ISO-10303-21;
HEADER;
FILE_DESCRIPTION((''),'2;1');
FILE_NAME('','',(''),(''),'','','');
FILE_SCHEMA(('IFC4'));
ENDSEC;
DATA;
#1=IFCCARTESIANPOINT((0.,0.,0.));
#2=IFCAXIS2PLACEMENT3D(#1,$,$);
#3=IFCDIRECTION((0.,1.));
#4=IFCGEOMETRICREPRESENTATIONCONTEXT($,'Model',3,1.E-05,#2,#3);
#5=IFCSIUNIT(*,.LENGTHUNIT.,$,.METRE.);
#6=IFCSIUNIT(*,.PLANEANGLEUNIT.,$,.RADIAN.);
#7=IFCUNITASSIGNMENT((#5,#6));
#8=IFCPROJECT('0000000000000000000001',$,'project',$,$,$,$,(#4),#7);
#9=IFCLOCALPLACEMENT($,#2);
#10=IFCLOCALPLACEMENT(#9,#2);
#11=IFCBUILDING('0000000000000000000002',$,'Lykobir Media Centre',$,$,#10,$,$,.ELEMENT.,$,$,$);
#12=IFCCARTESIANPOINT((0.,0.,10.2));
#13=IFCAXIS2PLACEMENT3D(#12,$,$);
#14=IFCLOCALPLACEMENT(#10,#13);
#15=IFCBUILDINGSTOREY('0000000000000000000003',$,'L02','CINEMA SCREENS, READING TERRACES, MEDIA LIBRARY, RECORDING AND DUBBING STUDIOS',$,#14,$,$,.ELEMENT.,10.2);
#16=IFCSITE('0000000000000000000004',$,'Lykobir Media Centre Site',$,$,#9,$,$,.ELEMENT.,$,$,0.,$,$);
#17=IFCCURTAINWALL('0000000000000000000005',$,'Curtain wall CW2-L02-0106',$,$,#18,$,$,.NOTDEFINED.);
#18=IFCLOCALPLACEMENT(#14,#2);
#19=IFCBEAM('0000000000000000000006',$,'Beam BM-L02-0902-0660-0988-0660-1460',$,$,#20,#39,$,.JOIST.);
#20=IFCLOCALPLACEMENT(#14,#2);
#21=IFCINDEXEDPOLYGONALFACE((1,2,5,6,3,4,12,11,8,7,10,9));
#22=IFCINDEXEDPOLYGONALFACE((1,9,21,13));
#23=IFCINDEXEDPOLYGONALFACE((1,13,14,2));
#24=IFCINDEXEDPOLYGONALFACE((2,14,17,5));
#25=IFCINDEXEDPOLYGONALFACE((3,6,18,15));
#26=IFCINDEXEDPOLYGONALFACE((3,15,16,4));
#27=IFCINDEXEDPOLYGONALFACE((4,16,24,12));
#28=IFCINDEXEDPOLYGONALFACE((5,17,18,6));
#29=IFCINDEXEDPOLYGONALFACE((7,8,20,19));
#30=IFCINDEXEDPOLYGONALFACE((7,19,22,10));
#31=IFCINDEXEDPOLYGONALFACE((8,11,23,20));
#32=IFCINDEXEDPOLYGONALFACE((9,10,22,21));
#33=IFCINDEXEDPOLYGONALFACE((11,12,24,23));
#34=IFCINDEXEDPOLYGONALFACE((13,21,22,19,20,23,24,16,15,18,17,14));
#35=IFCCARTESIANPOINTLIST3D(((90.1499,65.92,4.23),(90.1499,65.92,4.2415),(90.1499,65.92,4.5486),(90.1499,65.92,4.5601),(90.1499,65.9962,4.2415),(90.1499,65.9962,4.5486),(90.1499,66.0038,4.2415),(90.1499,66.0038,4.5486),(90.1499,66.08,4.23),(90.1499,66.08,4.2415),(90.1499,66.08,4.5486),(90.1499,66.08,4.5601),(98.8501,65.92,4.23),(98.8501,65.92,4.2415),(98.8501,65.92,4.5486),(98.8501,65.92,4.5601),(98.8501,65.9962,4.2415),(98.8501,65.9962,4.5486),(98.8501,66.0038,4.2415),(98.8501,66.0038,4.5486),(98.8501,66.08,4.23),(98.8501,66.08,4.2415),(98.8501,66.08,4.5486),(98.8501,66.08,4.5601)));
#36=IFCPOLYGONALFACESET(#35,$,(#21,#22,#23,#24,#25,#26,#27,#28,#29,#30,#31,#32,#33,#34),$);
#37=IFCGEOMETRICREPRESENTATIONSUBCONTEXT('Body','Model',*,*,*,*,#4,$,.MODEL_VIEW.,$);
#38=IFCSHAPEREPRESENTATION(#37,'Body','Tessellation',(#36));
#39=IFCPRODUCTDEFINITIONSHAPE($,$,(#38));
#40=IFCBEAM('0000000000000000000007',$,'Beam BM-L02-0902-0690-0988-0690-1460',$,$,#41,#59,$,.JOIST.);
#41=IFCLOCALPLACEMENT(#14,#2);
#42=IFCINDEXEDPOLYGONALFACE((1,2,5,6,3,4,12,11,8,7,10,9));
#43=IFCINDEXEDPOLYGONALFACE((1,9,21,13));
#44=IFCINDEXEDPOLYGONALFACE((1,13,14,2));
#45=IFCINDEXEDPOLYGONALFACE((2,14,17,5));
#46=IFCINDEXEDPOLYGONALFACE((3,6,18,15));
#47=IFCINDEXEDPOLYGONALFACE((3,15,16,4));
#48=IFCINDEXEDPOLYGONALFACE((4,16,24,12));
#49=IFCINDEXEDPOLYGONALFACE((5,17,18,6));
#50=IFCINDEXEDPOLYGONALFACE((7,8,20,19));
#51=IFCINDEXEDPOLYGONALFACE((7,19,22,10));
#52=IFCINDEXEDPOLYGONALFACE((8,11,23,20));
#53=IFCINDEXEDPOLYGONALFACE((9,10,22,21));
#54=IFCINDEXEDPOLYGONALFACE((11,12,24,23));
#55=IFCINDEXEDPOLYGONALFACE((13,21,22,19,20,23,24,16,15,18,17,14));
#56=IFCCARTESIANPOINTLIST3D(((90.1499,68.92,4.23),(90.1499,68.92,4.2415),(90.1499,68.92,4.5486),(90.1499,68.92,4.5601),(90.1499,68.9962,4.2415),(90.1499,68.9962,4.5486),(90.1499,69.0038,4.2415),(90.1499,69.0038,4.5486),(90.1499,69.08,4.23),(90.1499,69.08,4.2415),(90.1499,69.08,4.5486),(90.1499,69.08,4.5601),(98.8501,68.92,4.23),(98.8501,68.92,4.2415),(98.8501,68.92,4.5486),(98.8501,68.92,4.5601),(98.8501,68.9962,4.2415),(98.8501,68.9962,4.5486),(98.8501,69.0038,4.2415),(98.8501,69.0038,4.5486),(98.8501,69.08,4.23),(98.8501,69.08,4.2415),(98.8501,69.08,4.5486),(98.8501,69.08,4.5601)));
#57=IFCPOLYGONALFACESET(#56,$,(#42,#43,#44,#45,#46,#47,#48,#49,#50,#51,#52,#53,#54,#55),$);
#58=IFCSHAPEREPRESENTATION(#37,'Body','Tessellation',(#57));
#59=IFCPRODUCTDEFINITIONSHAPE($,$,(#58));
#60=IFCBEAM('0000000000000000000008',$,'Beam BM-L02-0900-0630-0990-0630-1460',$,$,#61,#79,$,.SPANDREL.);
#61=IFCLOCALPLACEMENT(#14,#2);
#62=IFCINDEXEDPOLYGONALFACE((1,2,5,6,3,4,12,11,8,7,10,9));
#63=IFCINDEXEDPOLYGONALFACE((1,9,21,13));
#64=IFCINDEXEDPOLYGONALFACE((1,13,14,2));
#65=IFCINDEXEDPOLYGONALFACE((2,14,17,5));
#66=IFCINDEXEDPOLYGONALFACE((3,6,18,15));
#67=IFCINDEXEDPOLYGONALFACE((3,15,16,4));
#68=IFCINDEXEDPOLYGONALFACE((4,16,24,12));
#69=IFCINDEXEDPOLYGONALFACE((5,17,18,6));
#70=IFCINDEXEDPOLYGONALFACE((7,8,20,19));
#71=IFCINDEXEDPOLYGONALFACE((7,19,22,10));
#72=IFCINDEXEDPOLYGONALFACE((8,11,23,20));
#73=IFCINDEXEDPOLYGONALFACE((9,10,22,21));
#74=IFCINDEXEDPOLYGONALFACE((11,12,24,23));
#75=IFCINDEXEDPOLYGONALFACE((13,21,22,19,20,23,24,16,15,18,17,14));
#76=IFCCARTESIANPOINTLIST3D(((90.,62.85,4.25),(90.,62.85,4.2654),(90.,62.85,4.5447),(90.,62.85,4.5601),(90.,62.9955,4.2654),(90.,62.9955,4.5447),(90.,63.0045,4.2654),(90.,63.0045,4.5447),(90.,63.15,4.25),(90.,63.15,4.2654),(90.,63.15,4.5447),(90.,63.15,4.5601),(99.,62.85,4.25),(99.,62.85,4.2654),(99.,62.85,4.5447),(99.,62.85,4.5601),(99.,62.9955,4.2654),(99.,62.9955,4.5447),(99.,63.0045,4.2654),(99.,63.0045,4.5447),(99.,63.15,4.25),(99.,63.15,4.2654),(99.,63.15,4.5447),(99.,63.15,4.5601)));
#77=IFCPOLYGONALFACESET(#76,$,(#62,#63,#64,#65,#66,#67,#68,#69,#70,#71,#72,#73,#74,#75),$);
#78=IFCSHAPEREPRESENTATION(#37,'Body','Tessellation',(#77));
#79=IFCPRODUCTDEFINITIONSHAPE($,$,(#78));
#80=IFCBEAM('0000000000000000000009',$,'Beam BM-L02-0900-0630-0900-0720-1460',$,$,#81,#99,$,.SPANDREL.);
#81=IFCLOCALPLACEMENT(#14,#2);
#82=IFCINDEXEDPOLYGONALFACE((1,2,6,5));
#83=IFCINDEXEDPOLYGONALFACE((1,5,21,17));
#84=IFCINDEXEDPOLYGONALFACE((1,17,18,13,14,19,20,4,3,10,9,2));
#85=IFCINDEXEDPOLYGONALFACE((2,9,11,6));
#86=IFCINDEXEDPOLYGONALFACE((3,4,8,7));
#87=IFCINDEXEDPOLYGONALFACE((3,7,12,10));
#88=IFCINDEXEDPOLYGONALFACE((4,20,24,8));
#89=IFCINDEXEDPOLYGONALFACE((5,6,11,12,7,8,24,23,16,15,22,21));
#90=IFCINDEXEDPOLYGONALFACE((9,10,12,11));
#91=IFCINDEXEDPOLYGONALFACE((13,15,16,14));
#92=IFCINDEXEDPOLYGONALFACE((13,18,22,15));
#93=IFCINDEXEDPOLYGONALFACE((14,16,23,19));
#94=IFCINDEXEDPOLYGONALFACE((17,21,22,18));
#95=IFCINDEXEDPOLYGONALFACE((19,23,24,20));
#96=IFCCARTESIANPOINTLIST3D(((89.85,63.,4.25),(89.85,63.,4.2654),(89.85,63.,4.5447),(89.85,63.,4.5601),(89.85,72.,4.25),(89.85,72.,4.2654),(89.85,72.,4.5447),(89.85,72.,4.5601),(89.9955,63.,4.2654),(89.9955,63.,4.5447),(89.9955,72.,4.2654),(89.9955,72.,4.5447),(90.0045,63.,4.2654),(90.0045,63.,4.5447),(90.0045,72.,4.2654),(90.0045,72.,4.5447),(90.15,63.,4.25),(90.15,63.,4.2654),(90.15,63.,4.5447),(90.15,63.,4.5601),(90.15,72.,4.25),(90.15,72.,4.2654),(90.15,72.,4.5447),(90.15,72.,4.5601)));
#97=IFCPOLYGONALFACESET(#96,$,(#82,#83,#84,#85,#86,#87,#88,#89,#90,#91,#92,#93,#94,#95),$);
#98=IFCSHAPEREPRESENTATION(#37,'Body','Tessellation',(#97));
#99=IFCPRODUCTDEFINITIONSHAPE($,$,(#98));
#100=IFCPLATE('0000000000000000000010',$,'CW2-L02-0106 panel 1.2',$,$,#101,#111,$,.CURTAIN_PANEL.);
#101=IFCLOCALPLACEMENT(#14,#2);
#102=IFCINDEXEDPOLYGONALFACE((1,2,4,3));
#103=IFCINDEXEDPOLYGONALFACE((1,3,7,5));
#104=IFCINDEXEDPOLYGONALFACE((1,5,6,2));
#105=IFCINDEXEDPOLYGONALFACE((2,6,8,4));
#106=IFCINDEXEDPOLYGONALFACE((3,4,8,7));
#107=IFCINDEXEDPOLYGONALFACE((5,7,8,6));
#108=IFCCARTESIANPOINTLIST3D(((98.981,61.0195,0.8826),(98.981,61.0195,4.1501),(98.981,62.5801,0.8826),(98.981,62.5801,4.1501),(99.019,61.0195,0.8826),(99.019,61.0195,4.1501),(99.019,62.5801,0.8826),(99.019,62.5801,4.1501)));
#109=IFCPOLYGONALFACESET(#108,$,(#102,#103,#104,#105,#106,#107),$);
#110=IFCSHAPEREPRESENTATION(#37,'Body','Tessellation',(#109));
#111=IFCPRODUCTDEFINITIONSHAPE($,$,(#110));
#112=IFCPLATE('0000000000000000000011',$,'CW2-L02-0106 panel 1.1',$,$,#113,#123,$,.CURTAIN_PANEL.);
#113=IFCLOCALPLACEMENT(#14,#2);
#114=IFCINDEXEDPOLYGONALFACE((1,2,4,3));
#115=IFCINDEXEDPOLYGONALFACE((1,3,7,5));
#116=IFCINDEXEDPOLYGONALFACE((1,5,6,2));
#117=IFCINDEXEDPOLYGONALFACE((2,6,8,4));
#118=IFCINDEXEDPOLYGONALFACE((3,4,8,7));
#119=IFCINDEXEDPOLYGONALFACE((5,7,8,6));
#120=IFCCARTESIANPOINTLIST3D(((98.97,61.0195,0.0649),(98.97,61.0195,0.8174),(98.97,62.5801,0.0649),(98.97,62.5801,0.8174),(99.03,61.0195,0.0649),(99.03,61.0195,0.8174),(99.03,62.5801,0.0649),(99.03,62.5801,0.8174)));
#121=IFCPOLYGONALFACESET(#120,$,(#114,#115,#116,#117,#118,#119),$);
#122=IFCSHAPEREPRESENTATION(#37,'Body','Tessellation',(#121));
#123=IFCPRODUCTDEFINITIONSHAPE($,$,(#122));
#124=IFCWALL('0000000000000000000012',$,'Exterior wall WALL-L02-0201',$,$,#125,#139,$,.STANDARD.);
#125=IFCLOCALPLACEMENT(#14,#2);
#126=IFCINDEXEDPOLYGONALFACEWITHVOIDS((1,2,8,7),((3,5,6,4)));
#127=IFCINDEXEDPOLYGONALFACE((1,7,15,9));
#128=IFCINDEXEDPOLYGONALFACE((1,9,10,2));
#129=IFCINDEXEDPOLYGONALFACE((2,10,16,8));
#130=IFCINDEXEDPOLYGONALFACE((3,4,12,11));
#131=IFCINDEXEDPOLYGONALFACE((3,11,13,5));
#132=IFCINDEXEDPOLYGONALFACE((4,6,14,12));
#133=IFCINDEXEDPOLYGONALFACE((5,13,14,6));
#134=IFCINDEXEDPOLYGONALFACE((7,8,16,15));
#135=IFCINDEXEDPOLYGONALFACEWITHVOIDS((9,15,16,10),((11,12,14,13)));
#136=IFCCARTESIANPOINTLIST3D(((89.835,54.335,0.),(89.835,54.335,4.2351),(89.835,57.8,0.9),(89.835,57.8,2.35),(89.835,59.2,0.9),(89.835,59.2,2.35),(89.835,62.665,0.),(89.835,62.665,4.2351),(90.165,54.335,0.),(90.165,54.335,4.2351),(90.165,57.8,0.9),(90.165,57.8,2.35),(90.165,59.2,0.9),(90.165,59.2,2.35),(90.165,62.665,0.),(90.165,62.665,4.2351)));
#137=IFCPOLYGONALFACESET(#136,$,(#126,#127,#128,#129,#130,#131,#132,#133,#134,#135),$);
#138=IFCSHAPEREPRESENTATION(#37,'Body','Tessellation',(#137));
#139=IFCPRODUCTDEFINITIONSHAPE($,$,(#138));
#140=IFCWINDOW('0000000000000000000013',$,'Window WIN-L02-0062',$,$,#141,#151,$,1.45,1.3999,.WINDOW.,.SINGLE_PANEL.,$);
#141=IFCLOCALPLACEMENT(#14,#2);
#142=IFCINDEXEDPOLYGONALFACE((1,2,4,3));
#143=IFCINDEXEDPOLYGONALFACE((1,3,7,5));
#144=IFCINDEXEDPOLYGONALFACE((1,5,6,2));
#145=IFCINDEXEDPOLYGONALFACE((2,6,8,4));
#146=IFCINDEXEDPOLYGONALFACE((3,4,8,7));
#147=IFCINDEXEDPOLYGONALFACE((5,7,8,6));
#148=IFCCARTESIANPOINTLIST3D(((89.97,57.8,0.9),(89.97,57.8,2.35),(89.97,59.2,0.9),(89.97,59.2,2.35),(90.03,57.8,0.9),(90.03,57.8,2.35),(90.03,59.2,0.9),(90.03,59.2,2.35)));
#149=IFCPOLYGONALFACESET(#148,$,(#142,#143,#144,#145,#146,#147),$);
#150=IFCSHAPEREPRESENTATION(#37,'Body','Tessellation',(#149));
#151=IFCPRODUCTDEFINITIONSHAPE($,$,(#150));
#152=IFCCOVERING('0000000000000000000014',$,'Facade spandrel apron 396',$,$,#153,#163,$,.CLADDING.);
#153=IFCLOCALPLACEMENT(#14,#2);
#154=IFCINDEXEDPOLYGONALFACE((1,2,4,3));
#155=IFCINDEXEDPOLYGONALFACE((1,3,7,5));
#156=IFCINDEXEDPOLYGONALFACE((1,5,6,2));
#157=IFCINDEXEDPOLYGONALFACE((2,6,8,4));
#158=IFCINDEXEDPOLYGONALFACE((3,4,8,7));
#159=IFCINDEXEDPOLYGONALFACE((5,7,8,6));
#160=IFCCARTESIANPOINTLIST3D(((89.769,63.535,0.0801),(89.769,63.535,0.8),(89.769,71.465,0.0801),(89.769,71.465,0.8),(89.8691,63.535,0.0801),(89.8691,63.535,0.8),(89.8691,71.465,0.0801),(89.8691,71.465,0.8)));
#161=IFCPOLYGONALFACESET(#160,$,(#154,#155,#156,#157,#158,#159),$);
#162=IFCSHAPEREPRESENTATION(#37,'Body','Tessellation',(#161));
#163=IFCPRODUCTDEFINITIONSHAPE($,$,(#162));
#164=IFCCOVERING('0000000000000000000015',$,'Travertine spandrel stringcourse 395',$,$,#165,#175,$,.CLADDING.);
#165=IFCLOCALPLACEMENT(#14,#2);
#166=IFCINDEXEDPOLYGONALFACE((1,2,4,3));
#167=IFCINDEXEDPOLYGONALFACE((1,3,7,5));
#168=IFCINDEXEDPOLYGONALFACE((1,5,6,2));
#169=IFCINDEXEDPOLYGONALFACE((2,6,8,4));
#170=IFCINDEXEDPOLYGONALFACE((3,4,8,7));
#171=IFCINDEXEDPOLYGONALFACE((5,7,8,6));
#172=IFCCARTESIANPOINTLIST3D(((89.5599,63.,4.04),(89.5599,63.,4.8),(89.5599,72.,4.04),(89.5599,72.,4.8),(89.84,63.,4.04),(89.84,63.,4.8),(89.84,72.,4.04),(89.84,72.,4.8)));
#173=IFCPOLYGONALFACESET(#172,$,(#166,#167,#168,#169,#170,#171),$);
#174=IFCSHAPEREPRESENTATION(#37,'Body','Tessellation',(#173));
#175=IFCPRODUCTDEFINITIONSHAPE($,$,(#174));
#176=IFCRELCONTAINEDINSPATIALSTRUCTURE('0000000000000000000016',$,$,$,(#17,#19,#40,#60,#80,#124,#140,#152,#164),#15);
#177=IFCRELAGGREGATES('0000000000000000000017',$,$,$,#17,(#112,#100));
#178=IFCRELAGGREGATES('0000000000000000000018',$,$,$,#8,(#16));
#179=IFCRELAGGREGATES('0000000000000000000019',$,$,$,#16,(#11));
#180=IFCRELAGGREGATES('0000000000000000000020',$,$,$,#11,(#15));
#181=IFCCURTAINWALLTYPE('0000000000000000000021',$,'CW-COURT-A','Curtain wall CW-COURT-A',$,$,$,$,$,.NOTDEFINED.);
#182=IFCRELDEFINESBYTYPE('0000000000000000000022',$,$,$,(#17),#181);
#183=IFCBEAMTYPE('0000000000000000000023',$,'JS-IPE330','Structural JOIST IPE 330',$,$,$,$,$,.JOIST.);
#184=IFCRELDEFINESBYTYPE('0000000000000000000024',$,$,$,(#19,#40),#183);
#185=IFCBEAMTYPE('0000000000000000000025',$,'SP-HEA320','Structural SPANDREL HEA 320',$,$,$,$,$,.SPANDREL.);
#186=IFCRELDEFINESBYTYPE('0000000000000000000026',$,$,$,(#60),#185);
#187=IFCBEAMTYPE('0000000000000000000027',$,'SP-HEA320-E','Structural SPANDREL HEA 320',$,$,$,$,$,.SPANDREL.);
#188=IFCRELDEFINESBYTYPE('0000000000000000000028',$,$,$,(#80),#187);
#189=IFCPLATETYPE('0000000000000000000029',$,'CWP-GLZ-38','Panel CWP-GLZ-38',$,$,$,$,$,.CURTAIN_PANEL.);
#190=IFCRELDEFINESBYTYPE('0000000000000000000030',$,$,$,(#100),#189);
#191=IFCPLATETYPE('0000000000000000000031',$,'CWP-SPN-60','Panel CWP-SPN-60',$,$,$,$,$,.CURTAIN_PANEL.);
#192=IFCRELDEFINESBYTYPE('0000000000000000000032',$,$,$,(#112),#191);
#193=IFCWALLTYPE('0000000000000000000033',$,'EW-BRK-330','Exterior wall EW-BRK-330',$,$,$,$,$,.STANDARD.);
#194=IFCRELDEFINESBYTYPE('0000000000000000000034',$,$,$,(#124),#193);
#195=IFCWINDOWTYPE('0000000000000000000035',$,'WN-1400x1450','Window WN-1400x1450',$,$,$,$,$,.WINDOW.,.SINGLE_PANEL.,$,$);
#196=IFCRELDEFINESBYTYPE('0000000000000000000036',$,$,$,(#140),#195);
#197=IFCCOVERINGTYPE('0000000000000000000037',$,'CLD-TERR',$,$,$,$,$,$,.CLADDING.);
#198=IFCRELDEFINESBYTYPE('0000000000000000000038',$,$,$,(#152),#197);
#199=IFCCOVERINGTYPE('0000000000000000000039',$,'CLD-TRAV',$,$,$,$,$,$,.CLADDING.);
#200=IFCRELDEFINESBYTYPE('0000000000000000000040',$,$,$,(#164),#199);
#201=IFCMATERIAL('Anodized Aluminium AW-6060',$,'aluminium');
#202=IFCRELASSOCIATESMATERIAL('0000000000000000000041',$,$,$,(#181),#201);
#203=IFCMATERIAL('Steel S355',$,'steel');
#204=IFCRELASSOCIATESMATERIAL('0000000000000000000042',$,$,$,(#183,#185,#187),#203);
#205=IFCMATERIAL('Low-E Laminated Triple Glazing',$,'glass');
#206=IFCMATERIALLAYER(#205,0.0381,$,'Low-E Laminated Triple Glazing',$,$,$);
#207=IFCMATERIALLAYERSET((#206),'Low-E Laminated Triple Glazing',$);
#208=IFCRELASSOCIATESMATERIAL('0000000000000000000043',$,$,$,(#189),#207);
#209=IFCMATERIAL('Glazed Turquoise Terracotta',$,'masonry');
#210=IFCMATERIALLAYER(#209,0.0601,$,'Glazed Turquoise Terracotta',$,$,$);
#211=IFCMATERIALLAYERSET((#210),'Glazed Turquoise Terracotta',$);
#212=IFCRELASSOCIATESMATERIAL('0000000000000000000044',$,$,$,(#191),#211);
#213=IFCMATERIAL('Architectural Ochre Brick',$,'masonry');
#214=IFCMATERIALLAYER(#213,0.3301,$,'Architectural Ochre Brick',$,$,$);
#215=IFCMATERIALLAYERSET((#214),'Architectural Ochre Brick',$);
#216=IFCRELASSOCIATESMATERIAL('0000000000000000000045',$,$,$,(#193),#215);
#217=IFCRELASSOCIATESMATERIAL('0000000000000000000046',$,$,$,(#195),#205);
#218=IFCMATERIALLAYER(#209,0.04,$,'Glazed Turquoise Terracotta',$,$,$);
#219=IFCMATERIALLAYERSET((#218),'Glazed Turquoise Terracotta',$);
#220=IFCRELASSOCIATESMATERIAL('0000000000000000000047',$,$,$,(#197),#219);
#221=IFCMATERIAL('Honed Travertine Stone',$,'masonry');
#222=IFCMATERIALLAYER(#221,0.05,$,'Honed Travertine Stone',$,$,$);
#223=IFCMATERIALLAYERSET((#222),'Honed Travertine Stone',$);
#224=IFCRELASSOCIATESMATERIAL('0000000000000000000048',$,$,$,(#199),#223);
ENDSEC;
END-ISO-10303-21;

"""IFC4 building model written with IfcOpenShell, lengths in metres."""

from ifc_helpers import new_model, si_unit, direction, frame, frame_2d, origin, origin_2d, place, context, subcontext, project, spatial, rectangle, i_section, extrude, material, layer, layer_set, material_profile, profile_set, type_object, element, fill, aggregate, save


model = new_model("IFC4")

# Units and contexts
model_context = context("Model", 3, precision=1e-05, world=origin(), true_north=direction((0.0, 1.0)))
body_context = subcontext(model_context, "Body", "Model", "MODEL_VIEW")
ifc_project = project(units=[si_unit("LENGTHUNIT", "METRE"), si_unit("PLANEANGLEUNIT", "RADIAN")], contexts=[model_context])

# Site, building, storey
site_placement = place(None, origin())
site = spatial("IfcSite", under=ifc_project, at=site_placement, Name="Lykobir Media Centre Site", CompositionType="ELEMENT", RefElevation=0.0)
building_placement = place(site_placement, origin())
building = spatial("IfcBuilding", under=site, at=building_placement, Name="Lykobir Media Centre", CompositionType="ELEMENT")
storey_placement = place(building_placement, frame((0.0, 0.0, 10.2)))
storey = spatial("IfcBuildingStorey", under=building, at=storey_placement, Name="L02", Description="CINEMA SCREENS, READING TERRACES, MEDIA LIBRARY, RECORDING AND DUBBING STUDIOS", CompositionType="ELEMENT", Elevation=10.2)

# Curtain wall
ifc_material_1 = material(Name="Anodized Aluminium AW-6060", Category="aluminium")
curtain_wall_type = type_object("IfcCurtainWallType", Name="CW-COURT-A", Description="Curtain wall CW-COURT-A", PredefinedType="NOTDEFINED", material=ifc_material_1)
curtain_wall_placement = place(storey_placement, origin())
curtain_wall = element("IfcCurtainWall", 1, at=curtain_wall_placement, inside=storey, type_object=curtain_wall_type, Name="Curtain wall CW2-L02-0106", PredefinedType="NOTDEFINED")

# Beams
ifc_material_2 = material(Name="Steel S355", Category="steel")
ifc_material_profile_1 = material_profile(ifc_material_2, i_section(OverallWidth=0.1599, OverallDepth=0.3301, WebThickness=0.0076, FlangeThickness=0.0115, at=origin_2d()), Name="IPE 330")
ifc_profile_set_1 = profile_set([ifc_material_profile_1], Name="Steel S355")
beam_type_1 = type_object("IfcBeamType", Name="JS-IPE330", Description="Structural JOIST IPE 330", PredefinedType="JOIST", material=ifc_profile_set_1)
for number, where, z_axis, x_axis, name in (
    (2, (90.1499, 66.0, 4.395), (1.0, 0.0, 0.0), (0.0, 1.0, 0.0), "Beam BM-L02-0902-0660-0988-0660-1460"),
    (3, (90.1499, 69.0, 4.395), (1.0, 0.0, 0.0), (0.0, 1.0, 0.0), "Beam BM-L02-0902-0690-0988-0690-1460"),
):
    element("IfcBeam", number, at=place(storey_placement, frame(where, z_axis=z_axis, x_axis=x_axis)), inside=storey, type_object=beam_type_1, Name=name, PredefinedType="JOIST", context=body_context, shape_type="SweptSolid", body=[
        extrude(i_section(OverallWidth=0.1599, OverallDepth=0.3301, WebThickness=0.0076, FlangeThickness=0.0115, at=origin_2d()), origin(), (0.0, 0.0, 1.0), 8.7002),
    ])
ifc_material_profile_2 = material_profile(ifc_material_2, i_section(OverallWidth=0.3, OverallDepth=0.3101, WebThickness=0.009, FlangeThickness=0.0154, at=origin_2d()), Name="HEA 320")
ifc_profile_set_2 = profile_set([ifc_material_profile_2], Name="Steel S355")
beam_type_2 = type_object("IfcBeamType", Name="SP-HEA320", Description="Structural SPANDREL HEA 320", PredefinedType="SPANDREL", material=ifc_profile_set_2)
beam_1_placement = place(storey_placement, frame((90.0, 63.0, 4.405), z_axis=(1.0, 0.0, 0.0), x_axis=(0.0, 1.0, 0.0)))
element("IfcBeam", 4, at=beam_1_placement, inside=storey, type_object=beam_type_2, Name="Beam BM-L02-0900-0630-0990-0630-1460", PredefinedType="SPANDREL", context=body_context, shape_type="SweptSolid", body=[
    extrude(i_section(OverallWidth=0.3, OverallDepth=0.3101, WebThickness=0.009, FlangeThickness=0.0154, at=origin_2d()), origin(), (0.0, 0.0, 1.0), 9.0),
])
ifc_material_profile_3 = material_profile(ifc_material_2, i_section(OverallWidth=0.3, OverallDepth=0.3101, WebThickness=0.009, FlangeThickness=0.0154, at=origin_2d()), Name="HEA 320")
ifc_profile_set_3 = profile_set([ifc_material_profile_3], Name="Steel S355")
beam_type_3 = type_object("IfcBeamType", Name="SP-HEA320-E", Description="Structural SPANDREL HEA 320", PredefinedType="SPANDREL", material=ifc_profile_set_3)
beam_2_placement = place(storey_placement, frame((90.0, 63.0, 4.405), z_axis=(0.0, 1.0, 0.0), x_axis=(-1.0, 0.0, 0.0)))
element("IfcBeam", 5, at=beam_2_placement, inside=storey, type_object=beam_type_3, Name="Beam BM-L02-0900-0630-0900-0720-1460", PredefinedType="SPANDREL", context=body_context, shape_type="SweptSolid", body=[
    extrude(i_section(OverallWidth=0.3, OverallDepth=0.3101, WebThickness=0.009, FlangeThickness=0.0154, at=origin_2d()), origin(), (0.0, 0.0, 1.0), 9.0),
])

# Plates
ifc_material_3 = material(Name="Low-E Laminated Triple Glazing", Category="glass")
ifc_layer_1 = layer(ifc_material_3, 0.0381, Name="Low-E Laminated Triple Glazing")
ifc_layer_set_1 = layer_set([ifc_layer_1], Name="Low-E Laminated Triple Glazing")
plate_type_1 = type_object("IfcPlateType", Name="CWP-GLZ-38", Description="Panel CWP-GLZ-38", PredefinedType="CURTAIN_PANEL", material=ifc_layer_set_1)
plate_1_placement = place(storey_placement, frame((99.0, 61.7998, 0.8826), z_axis=(0.0, 0.0, 1.0), x_axis=(0.0, -1.0, 0.0)))
plate_1 = element("IfcPlate", 6, at=plate_1_placement, type_object=plate_type_1, Name="CW2-L02-0106 panel 1.2", PredefinedType="CURTAIN_PANEL", context=body_context, shape_type="SweptSolid", body=[
    extrude(rectangle(XDim=1.5605, YDim=0.0381, at=origin_2d()), origin(), (0.0, 0.0, 1.0), 3.2676),
])
ifc_material_4 = material(Name="Glazed Turquoise Terracotta", Category="masonry")
ifc_layer_2 = layer(ifc_material_4, 0.0601, Name="Glazed Turquoise Terracotta")
ifc_layer_set_2 = layer_set([ifc_layer_2], Name="Glazed Turquoise Terracotta")
plate_type_2 = type_object("IfcPlateType", Name="CWP-SPN-60", Description="Panel CWP-SPN-60", PredefinedType="CURTAIN_PANEL", material=ifc_layer_set_2)
plate_2_placement = place(storey_placement, frame((99.0, 61.7998, 0.0649), z_axis=(0.0, 0.0, 1.0), x_axis=(0.0, -1.0, 0.0)))
plate_2 = element("IfcPlate", 7, at=plate_2_placement, type_object=plate_type_2, Name="CW2-L02-0106 panel 1.1", PredefinedType="CURTAIN_PANEL", context=body_context, shape_type="SweptSolid", body=[
    extrude(rectangle(XDim=1.5605, YDim=0.0601, at=origin_2d()), origin(), (0.0, 0.0, 1.0), 0.7524),
])
aggregate(curtain_wall, [plate_2, plate_1])

# Wall, opening, window
ifc_material_5 = material(Name="Architectural Ochre Brick", Category="masonry")
ifc_layer_3 = layer(ifc_material_5, 0.3301, Name="Architectural Ochre Brick")
ifc_layer_set_3 = layer_set([ifc_layer_3], Name="Architectural Ochre Brick")
wall_type = type_object("IfcWallType", Name="EW-BRK-330", Description="Exterior wall EW-BRK-330", PredefinedType="STANDARD", material=ifc_layer_set_3)
wall_placement = place(storey_placement, frame((90.0, 62.665, 0.0), z_axis=(0.0, 0.0, 1.0), x_axis=(0.0, -1.0, 0.0)))
wall = element("IfcWall", 8, at=wall_placement, inside=storey, type_object=wall_type, Name="Exterior wall WALL-L02-0201", PredefinedType="STANDARD", context=body_context, shape_type="SweptSolid", body=[
    extrude(rectangle(XDim=8.3301, YDim=0.3301, at=frame_2d((4.165, 0.0))), origin(), (0.0, 0.0, 1.0), 4.2351),
])
opening_placement = place(wall_placement, frame((3.4651, 0.0, 0.8999)))
opening = element("IfcOpeningElement", 9, at=opening_placement, cuts=wall, PredefinedType="OPENING", context=body_context, shape_type="SweptSolid", body=[
    extrude(rectangle(XDim=1.3999, YDim=1.45, at=frame_2d((0.7, 0.7251))), frame((0.0, 0.175, 0.0), z_axis=(0.0, -1.0, 0.0), x_axis=(1.0, 0.0, 0.0)), (0.0, 0.0, 1.0), 0.3501),
])
window_type = type_object("IfcWindowType", Name="WN-1400x1450", Description="Window WN-1400x1450", PartitioningType="SINGLE_PANEL", PredefinedType="WINDOW", material=ifc_material_3)
window_placement = place(opening_placement, origin())
window = element("IfcWindow", 10, at=window_placement, inside=storey, type_object=window_type, Name="Window WIN-L02-0062", OverallHeight=1.45, OverallWidth=1.3999, PartitioningType="SINGLE_PANEL", PredefinedType="WINDOW", context=body_context, shape_type="SweptSolid", body=[
    extrude(rectangle(XDim=1.3999, YDim=1.45, at=frame_2d((0.7, 0.7251))), frame((0.0, 0.03, 0.0), z_axis=(0.0, -1.0, 0.0), x_axis=(1.0, 0.0, 0.0)), (0.0, 0.0, 1.0), 0.0601),
])
fill(opening, window)

# Coverings
ifc_layer_4 = layer(ifc_material_4, 0.04, Name="Glazed Turquoise Terracotta")
ifc_layer_set_4 = layer_set([ifc_layer_4], Name="Glazed Turquoise Terracotta")
covering_type_1 = type_object("IfcCoveringType", Name="CLD-TERR", PredefinedType="CLADDING", material=ifc_layer_set_4)
covering_1_placement = place(storey_placement, frame((89.8191, 67.5, 0.0801), z_axis=(0.0, 0.0, 1.0), x_axis=(0.0, -1.0, 0.0)))
element("IfcCovering", 11, at=covering_1_placement, inside=storey, type_object=covering_type_1, Name="Facade spandrel apron 396", PredefinedType="CLADDING", context=body_context, shape_type="SweptSolid", body=[
    extrude(rectangle(XDim=7.9299, YDim=0.1001, at=origin_2d()), origin(), (0.0, 0.0, 1.0), 0.72),
])
ifc_material_6 = material(Name="Honed Travertine Stone", Category="masonry")
ifc_layer_5 = layer(ifc_material_6, 0.05, Name="Honed Travertine Stone")
ifc_layer_set_5 = layer_set([ifc_layer_5], Name="Honed Travertine Stone")
covering_type_2 = type_object("IfcCoveringType", Name="CLD-TRAV", PredefinedType="CLADDING", material=ifc_layer_set_5)
covering_2_placement = place(storey_placement, frame((89.7, 67.5, 4.04), z_axis=(0.0, 0.0, 1.0), x_axis=(0.0, -1.0, 0.0)))
element("IfcCovering", 12, at=covering_2_placement, inside=storey, type_object=covering_type_2, Name="Travertine spandrel stringcourse 395", PredefinedType="CLADDING", context=body_context, shape_type="SweptSolid", body=[
    extrude(rectangle(XDim=9.0, YDim=0.28, at=origin_2d()), origin(), (0.0, 0.0, 1.0), 0.76),
])

save(model, "model.ifc")
